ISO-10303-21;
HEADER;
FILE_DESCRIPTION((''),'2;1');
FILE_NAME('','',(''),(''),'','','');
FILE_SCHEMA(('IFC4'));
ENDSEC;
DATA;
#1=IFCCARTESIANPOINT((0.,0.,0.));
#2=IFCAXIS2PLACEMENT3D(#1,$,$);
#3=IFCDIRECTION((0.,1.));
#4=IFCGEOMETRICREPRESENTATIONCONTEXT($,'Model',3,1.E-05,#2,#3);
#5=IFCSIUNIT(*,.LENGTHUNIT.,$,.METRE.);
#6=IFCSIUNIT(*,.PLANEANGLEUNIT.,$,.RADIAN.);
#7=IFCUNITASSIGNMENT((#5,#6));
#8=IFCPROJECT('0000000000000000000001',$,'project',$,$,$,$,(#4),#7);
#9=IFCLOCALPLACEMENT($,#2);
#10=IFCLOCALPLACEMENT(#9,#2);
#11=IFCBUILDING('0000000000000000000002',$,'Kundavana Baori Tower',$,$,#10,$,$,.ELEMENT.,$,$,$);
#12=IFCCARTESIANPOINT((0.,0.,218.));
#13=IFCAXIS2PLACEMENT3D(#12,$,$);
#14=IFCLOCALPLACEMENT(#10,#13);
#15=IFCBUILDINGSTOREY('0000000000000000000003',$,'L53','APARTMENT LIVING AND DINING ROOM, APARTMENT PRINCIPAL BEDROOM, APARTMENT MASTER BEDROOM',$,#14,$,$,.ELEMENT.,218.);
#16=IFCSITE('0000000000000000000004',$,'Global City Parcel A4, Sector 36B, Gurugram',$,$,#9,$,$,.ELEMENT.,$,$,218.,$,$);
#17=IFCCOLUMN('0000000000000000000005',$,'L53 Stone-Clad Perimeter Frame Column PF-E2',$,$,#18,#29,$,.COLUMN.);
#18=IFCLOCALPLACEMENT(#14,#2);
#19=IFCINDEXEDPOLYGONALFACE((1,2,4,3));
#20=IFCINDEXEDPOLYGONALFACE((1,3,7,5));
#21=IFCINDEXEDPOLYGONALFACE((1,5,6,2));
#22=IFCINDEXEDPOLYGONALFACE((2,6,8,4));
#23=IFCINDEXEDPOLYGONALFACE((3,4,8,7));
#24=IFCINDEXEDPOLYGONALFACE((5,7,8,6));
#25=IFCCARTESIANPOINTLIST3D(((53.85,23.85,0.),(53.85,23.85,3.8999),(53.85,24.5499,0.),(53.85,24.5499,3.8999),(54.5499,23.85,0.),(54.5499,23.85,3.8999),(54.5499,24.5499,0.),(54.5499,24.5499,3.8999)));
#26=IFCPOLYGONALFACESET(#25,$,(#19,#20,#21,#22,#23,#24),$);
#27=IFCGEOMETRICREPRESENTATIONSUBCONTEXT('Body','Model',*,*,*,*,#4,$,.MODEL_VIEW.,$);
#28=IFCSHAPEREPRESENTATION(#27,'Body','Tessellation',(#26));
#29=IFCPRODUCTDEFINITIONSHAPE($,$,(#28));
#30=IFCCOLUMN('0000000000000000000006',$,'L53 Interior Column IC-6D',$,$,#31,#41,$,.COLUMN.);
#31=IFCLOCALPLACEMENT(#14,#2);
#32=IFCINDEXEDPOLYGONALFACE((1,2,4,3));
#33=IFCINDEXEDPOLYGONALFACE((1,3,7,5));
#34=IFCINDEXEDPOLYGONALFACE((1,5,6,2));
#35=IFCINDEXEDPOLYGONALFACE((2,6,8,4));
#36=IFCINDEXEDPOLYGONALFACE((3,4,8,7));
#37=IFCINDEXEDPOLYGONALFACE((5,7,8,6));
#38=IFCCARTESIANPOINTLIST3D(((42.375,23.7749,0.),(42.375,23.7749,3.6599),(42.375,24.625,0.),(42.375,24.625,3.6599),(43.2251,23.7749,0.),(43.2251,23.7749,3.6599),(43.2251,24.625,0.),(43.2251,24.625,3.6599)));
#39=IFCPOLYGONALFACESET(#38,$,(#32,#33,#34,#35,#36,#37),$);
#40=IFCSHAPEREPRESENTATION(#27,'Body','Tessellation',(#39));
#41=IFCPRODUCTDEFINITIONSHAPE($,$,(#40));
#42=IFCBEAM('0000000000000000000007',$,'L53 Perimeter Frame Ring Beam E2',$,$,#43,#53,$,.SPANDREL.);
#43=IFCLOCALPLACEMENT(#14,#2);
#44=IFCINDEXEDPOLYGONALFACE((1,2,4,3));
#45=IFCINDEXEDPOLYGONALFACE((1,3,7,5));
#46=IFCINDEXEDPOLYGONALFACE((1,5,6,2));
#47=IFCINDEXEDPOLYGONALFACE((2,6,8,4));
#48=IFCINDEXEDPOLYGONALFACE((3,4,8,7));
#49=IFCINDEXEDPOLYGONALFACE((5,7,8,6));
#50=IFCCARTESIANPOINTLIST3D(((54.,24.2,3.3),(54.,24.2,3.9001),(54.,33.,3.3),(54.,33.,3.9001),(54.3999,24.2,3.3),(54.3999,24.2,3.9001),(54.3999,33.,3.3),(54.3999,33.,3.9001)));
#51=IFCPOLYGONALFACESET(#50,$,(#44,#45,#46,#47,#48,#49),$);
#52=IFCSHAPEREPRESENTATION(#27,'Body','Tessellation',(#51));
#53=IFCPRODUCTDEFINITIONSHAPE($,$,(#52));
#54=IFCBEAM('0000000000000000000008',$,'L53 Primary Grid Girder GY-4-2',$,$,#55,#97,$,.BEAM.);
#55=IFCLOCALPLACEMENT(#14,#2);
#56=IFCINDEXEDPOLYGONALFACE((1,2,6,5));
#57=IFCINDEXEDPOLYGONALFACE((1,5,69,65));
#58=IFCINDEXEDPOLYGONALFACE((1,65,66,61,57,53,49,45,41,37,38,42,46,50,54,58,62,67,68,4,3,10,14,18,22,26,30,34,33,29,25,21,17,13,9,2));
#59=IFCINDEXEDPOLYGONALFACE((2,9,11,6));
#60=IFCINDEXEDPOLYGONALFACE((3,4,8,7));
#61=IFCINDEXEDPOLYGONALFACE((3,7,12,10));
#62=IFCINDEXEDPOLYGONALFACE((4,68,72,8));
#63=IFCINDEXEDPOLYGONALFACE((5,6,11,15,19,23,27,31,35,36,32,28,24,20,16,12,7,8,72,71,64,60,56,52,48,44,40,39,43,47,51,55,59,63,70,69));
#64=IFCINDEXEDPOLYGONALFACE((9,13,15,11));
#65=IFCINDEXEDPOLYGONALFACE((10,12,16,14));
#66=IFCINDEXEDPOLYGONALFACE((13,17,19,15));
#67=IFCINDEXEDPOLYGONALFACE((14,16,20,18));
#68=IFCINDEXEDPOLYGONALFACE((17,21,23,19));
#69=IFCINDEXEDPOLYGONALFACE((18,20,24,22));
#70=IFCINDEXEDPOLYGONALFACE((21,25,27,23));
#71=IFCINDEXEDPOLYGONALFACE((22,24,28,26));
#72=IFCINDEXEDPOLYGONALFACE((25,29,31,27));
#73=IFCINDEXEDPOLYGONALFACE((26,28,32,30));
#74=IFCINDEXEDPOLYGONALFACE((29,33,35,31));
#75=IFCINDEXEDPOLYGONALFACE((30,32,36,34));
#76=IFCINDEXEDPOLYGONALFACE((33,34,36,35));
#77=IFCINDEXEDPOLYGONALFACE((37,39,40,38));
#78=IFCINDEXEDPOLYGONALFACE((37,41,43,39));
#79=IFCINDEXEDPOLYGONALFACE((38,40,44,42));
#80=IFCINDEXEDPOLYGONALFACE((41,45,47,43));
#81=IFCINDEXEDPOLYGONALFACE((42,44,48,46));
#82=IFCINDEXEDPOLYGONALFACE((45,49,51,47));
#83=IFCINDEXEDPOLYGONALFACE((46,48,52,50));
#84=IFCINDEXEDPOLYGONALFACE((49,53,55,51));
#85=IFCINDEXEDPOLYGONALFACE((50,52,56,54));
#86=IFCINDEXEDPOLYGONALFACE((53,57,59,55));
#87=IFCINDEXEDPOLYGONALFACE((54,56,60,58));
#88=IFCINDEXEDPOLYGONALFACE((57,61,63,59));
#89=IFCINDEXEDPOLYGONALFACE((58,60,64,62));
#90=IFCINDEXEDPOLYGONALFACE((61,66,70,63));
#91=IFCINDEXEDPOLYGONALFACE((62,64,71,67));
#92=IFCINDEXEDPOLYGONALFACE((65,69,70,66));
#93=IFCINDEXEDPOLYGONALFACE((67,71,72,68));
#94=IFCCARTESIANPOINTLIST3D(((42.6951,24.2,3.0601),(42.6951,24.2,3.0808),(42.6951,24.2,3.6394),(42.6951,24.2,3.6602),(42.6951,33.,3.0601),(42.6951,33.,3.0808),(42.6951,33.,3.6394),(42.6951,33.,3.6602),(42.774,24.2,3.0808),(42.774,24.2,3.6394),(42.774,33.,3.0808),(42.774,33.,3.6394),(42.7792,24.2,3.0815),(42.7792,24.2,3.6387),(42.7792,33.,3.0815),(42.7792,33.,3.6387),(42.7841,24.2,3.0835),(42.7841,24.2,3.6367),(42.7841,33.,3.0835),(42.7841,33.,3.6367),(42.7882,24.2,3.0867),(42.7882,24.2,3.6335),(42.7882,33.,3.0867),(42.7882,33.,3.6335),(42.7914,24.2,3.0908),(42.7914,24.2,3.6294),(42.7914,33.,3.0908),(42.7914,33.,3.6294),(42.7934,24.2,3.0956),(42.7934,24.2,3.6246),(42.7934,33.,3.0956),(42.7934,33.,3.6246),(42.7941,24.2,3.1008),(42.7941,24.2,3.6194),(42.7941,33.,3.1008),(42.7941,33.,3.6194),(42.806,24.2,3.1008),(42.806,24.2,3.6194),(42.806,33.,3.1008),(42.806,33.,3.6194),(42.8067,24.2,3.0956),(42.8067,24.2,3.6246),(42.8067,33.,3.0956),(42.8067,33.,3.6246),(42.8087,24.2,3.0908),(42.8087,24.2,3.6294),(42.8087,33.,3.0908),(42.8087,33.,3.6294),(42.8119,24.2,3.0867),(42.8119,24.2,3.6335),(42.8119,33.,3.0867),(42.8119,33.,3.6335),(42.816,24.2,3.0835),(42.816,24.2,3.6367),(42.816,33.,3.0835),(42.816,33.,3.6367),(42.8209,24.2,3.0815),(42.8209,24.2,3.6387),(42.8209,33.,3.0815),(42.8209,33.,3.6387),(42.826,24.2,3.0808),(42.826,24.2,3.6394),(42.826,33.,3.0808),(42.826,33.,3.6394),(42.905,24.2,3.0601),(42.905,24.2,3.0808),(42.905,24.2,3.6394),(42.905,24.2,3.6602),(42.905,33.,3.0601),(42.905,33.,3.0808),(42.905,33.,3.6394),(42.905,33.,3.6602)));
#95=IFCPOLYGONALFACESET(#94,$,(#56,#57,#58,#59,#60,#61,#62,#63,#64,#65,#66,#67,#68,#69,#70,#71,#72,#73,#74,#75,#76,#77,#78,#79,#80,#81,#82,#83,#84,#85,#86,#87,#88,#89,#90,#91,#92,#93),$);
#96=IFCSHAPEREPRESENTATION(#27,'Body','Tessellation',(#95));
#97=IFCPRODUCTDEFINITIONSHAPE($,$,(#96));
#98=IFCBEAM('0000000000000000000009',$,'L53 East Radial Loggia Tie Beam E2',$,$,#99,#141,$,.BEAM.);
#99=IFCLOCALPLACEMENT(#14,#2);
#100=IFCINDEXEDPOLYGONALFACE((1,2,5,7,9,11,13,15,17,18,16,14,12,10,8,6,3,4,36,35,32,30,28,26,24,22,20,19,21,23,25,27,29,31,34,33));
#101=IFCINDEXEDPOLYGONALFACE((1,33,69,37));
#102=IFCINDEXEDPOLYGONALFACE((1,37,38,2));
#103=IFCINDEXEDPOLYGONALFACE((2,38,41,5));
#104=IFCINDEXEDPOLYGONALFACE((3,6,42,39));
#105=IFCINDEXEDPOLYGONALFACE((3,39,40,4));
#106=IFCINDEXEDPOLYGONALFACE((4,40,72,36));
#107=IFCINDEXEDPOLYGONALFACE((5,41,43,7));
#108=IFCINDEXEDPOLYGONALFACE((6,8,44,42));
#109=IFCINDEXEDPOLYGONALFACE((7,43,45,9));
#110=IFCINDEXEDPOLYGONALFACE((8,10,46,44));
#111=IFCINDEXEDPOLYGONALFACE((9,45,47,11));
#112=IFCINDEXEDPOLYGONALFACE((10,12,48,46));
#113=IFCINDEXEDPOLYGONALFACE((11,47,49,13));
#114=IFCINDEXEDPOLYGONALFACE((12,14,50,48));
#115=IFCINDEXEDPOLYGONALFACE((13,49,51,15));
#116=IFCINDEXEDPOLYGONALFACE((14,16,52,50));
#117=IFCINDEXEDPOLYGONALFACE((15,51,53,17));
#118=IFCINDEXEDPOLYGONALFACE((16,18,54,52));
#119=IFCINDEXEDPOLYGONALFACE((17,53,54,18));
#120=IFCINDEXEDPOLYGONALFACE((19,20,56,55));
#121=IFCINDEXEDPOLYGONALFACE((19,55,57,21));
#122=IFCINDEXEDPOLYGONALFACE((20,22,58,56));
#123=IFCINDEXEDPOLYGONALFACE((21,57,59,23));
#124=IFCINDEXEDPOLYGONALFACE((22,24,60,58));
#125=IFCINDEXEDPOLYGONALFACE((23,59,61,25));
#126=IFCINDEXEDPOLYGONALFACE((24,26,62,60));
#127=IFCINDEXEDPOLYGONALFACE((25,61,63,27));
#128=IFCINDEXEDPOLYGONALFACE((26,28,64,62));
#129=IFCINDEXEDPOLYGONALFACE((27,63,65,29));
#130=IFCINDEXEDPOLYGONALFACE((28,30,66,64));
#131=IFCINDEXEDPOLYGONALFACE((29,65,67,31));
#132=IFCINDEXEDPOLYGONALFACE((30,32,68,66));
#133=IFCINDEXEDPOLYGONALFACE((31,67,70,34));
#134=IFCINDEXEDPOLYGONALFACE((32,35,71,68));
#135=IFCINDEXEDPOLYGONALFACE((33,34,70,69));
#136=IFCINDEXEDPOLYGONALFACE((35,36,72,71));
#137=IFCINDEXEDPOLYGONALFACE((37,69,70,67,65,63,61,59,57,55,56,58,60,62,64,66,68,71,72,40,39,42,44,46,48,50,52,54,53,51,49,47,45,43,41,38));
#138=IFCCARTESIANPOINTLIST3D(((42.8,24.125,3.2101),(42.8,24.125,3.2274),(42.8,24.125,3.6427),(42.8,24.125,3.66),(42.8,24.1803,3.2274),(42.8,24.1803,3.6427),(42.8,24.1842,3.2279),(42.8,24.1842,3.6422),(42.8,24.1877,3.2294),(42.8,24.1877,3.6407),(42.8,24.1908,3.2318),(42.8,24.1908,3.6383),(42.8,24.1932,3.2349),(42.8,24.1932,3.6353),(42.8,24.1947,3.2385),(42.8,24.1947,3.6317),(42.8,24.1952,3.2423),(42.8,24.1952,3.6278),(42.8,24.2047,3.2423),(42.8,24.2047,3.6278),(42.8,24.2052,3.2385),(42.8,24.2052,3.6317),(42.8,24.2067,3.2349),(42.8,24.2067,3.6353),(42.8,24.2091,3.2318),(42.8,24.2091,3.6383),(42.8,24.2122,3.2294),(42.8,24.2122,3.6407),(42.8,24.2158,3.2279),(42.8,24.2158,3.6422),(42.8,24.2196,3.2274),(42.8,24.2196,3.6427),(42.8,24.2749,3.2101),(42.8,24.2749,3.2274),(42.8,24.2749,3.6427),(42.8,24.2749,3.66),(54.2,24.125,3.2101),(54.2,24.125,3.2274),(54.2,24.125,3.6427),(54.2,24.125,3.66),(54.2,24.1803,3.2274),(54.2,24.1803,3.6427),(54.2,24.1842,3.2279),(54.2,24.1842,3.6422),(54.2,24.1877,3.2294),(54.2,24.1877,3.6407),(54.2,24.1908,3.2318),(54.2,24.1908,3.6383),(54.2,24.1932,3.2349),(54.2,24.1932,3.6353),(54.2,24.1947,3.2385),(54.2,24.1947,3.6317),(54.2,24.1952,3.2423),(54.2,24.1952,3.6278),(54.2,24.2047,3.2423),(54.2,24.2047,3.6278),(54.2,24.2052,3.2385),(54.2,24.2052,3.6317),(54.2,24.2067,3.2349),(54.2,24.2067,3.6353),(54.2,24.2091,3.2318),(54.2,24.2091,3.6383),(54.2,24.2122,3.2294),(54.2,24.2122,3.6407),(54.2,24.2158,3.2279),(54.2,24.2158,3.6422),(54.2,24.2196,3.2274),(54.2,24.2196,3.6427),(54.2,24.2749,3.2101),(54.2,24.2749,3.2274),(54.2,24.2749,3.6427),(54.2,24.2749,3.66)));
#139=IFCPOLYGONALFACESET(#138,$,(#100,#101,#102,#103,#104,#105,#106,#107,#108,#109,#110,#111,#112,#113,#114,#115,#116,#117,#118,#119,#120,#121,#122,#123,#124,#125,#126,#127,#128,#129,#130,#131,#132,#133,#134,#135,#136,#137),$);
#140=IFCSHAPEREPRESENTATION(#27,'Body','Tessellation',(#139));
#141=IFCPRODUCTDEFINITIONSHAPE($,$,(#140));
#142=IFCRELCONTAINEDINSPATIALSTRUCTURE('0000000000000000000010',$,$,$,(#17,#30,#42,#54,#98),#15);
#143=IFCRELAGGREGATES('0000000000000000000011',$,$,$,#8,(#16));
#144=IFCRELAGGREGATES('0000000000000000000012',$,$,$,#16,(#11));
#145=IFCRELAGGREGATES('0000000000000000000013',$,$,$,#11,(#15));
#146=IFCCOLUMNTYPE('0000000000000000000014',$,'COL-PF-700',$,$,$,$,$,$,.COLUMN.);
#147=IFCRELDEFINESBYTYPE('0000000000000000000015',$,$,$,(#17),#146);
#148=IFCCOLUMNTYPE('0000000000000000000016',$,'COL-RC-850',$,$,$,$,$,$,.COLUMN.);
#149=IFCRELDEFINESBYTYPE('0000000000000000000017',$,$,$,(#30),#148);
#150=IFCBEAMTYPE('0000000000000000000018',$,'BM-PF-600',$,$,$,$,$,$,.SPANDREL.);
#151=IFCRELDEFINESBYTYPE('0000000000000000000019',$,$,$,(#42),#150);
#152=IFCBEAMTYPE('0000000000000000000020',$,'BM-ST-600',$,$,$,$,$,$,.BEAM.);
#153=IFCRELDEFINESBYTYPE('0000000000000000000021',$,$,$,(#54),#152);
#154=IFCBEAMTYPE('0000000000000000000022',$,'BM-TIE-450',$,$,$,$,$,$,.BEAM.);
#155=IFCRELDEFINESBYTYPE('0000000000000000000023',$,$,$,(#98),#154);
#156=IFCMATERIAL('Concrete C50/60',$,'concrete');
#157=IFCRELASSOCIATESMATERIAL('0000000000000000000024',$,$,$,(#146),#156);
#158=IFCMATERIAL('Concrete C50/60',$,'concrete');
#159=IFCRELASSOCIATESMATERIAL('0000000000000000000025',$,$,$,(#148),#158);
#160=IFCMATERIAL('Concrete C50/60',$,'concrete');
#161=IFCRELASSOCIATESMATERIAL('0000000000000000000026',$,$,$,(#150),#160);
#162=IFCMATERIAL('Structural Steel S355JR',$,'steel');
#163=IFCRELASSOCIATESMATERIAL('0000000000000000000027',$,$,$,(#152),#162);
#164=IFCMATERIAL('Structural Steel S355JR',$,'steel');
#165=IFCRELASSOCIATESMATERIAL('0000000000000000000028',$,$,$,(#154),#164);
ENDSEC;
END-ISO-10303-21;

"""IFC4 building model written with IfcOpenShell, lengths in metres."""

from ifc_helpers import new_model, si_unit, direction, frame, origin, origin_2d, place, context, subcontext, project, spatial, rectangle, i_section, extrude, material, material_profile, profile_set, type_object, element, save


model = new_model("IFC4")

# Units and contexts
model_context = context("Model", 3, precision=1e-05, world=origin(), true_north=direction((0.0, 1.0)))
body_context = subcontext(model_context, "Body", "Model", "MODEL_VIEW")
ifc_project = project(units=[si_unit("LENGTHUNIT", "METRE"), si_unit("PLANEANGLEUNIT", "RADIAN")], contexts=[model_context])

# Site, building, storey
site_placement = place(None, origin())
site = spatial("IfcSite", under=ifc_project, at=site_placement, Name="Global City Parcel A4, Sector 36B, Gurugram", CompositionType="ELEMENT", RefElevation=218.0)
building_placement = place(site_placement, origin())
building = spatial("IfcBuilding", under=site, at=building_placement, Name="Kundavana Baori Tower", CompositionType="ELEMENT")
storey_placement = place(building_placement, frame((0.0, 0.0, 218.0)))
storey = spatial("IfcBuildingStorey", under=building, at=storey_placement, Name="L53", Description="APARTMENT LIVING AND DINING ROOM, APARTMENT PRINCIPAL BEDROOM, APARTMENT MASTER BEDROOM", CompositionType="ELEMENT", Elevation=218.0)

# Columns
ifc_material_1 = material(Name="Concrete C50/60", Category="concrete")
ifc_material_profile_1 = material_profile(ifc_material_1, rectangle(XDim=0.7, YDim=0.7, at=origin_2d()), Name="RC PF 700x700")
ifc_profile_set_1 = profile_set([ifc_material_profile_1], Name="Concrete C50/60")
column_type_1 = type_object("IfcColumnType", Name="COL-PF-700", PredefinedType="COLUMN", material=ifc_profile_set_1)
column_1_placement = place(storey_placement, frame((54.2, 24.2, 0.0), z_axis=(0.0, 0.0, 1.0), x_axis=(1.0, 0.0, 0.0)))
element("IfcColumn", 1, at=column_1_placement, inside=storey, type_object=column_type_1, Name="L53 Stone-Clad Perimeter Frame Column PF-E2", PredefinedType="COLUMN", context=body_context, shape_type="SweptSolid", body=[
    extrude(rectangle(XDim=0.7, YDim=0.7, at=origin_2d()), origin(), (0.0, 0.0, 1.0), 3.8999),
])
ifc_material_2 = material(Name="Concrete C50/60", Category="concrete")
ifc_material_profile_2 = material_profile(ifc_material_2, rectangle(XDim=0.8501, YDim=0.8501, at=origin_2d()), Name="RC 850x850")
ifc_profile_set_2 = profile_set([ifc_material_profile_2], Name="Concrete C50/60")
column_type_2 = type_object("IfcColumnType", Name="COL-RC-850", PredefinedType="COLUMN", material=ifc_profile_set_2)
column_2_placement = place(storey_placement, frame((42.8, 24.2, 0.0), z_axis=(0.0, 0.0, 1.0), x_axis=(1.0, 0.0, 0.0)))
element("IfcColumn", 2, at=column_2_placement, inside=storey, type_object=column_type_2, Name="L53 Interior Column IC-6D", PredefinedType="COLUMN", context=body_context, shape_type="SweptSolid", body=[
    extrude(rectangle(XDim=0.8501, YDim=0.8501, at=origin_2d()), origin(), (0.0, 0.0, 1.0), 3.6599),
])

# Beams
ifc_material_3 = material(Name="Concrete C50/60", Category="concrete")
ifc_material_profile_3 = material_profile(ifc_material_3, rectangle(XDim=0.3999, YDim=0.6001, at=origin_2d()), Name="RC BM 400x600")
ifc_profile_set_3 = profile_set([ifc_material_profile_3], Name="Concrete C50/60")
beam_type_1 = type_object("IfcBeamType", Name="BM-PF-600", PredefinedType="SPANDREL", material=ifc_profile_set_3)
beam_1_placement = place(storey_placement, frame((54.2, 24.2, 3.6001), z_axis=(0.0, 1.0, 0.0), x_axis=(-1.0, 0.0, 0.0)))
element("IfcBeam", 3, at=beam_1_placement, inside=storey, type_object=beam_type_1, Name="L53 Perimeter Frame Ring Beam E2", PredefinedType="SPANDREL", context=body_context, shape_type="SweptSolid", body=[
    extrude(rectangle(XDim=0.3999, YDim=0.6001, at=origin_2d()), origin(), (0.0, 0.0, 1.0), 8.8),
])
ifc_material_4 = material(Name="Structural Steel S355JR", Category="steel")
ifc_material_profile_4 = material_profile(ifc_material_4, i_section(OverallWidth=0.21, OverallDepth=0.6001, WebThickness=0.012, FlangeThickness=0.0208, FilletRadius=0.02, at=origin_2d()), Name="ISMB 600")
ifc_profile_set_4 = profile_set([ifc_material_profile_4], Name="Structural Steel S355JR")
beam_type_2 = type_object("IfcBeamType", Name="BM-ST-600", PredefinedType="BEAM", material=ifc_profile_set_4)
beam_2_placement = place(storey_placement, frame((42.8, 24.2, 3.3601), z_axis=(0.0, 1.0, 0.0), x_axis=(-1.0, 0.0, 0.0)))
element("IfcBeam", 4, at=beam_2_placement, inside=storey, type_object=beam_type_2, Name="L53 Primary Grid Girder GY-4-2", PredefinedType="BEAM", context=body_context, shape_type="SweptSolid", body=[
    extrude(i_section(OverallWidth=0.21, OverallDepth=0.6001, WebThickness=0.012, FlangeThickness=0.0208, FilletRadius=0.02, at=origin_2d()), origin(), (0.0, 0.0, 1.0), 8.8),
])
ifc_material_5 = material(Name="Structural Steel S355JR", Category="steel")
ifc_material_profile_5 = material_profile(ifc_material_5, i_section(OverallWidth=0.1499, OverallDepth=0.45, WebThickness=0.0095, FlangeThickness=0.0173, FilletRadius=0.0149, at=origin_2d()), Name="ISMB 450")
ifc_profile_set_5 = profile_set([ifc_material_profile_5], Name="Structural Steel S355JR")
beam_type_3 = type_object("IfcBeamType", Name="BM-TIE-450", PredefinedType="BEAM", material=ifc_profile_set_5)
beam_3_placement = place(storey_placement, frame((42.8, 24.2, 3.4351), z_axis=(1.0, 0.0, 0.0), x_axis=(0.0, 1.0, 0.0)))
element("IfcBeam", 5, at=beam_3_placement, inside=storey, type_object=beam_type_3, Name="L53 East Radial Loggia Tie Beam E2", PredefinedType="BEAM", context=body_context, shape_type="SweptSolid", body=[
    extrude(i_section(OverallWidth=0.1499, OverallDepth=0.45, WebThickness=0.0095, FlangeThickness=0.0173, FilletRadius=0.0149, at=origin_2d()), origin(), (0.0, 0.0, 1.0), 11.3999),
])

save(model, "model.ifc")
